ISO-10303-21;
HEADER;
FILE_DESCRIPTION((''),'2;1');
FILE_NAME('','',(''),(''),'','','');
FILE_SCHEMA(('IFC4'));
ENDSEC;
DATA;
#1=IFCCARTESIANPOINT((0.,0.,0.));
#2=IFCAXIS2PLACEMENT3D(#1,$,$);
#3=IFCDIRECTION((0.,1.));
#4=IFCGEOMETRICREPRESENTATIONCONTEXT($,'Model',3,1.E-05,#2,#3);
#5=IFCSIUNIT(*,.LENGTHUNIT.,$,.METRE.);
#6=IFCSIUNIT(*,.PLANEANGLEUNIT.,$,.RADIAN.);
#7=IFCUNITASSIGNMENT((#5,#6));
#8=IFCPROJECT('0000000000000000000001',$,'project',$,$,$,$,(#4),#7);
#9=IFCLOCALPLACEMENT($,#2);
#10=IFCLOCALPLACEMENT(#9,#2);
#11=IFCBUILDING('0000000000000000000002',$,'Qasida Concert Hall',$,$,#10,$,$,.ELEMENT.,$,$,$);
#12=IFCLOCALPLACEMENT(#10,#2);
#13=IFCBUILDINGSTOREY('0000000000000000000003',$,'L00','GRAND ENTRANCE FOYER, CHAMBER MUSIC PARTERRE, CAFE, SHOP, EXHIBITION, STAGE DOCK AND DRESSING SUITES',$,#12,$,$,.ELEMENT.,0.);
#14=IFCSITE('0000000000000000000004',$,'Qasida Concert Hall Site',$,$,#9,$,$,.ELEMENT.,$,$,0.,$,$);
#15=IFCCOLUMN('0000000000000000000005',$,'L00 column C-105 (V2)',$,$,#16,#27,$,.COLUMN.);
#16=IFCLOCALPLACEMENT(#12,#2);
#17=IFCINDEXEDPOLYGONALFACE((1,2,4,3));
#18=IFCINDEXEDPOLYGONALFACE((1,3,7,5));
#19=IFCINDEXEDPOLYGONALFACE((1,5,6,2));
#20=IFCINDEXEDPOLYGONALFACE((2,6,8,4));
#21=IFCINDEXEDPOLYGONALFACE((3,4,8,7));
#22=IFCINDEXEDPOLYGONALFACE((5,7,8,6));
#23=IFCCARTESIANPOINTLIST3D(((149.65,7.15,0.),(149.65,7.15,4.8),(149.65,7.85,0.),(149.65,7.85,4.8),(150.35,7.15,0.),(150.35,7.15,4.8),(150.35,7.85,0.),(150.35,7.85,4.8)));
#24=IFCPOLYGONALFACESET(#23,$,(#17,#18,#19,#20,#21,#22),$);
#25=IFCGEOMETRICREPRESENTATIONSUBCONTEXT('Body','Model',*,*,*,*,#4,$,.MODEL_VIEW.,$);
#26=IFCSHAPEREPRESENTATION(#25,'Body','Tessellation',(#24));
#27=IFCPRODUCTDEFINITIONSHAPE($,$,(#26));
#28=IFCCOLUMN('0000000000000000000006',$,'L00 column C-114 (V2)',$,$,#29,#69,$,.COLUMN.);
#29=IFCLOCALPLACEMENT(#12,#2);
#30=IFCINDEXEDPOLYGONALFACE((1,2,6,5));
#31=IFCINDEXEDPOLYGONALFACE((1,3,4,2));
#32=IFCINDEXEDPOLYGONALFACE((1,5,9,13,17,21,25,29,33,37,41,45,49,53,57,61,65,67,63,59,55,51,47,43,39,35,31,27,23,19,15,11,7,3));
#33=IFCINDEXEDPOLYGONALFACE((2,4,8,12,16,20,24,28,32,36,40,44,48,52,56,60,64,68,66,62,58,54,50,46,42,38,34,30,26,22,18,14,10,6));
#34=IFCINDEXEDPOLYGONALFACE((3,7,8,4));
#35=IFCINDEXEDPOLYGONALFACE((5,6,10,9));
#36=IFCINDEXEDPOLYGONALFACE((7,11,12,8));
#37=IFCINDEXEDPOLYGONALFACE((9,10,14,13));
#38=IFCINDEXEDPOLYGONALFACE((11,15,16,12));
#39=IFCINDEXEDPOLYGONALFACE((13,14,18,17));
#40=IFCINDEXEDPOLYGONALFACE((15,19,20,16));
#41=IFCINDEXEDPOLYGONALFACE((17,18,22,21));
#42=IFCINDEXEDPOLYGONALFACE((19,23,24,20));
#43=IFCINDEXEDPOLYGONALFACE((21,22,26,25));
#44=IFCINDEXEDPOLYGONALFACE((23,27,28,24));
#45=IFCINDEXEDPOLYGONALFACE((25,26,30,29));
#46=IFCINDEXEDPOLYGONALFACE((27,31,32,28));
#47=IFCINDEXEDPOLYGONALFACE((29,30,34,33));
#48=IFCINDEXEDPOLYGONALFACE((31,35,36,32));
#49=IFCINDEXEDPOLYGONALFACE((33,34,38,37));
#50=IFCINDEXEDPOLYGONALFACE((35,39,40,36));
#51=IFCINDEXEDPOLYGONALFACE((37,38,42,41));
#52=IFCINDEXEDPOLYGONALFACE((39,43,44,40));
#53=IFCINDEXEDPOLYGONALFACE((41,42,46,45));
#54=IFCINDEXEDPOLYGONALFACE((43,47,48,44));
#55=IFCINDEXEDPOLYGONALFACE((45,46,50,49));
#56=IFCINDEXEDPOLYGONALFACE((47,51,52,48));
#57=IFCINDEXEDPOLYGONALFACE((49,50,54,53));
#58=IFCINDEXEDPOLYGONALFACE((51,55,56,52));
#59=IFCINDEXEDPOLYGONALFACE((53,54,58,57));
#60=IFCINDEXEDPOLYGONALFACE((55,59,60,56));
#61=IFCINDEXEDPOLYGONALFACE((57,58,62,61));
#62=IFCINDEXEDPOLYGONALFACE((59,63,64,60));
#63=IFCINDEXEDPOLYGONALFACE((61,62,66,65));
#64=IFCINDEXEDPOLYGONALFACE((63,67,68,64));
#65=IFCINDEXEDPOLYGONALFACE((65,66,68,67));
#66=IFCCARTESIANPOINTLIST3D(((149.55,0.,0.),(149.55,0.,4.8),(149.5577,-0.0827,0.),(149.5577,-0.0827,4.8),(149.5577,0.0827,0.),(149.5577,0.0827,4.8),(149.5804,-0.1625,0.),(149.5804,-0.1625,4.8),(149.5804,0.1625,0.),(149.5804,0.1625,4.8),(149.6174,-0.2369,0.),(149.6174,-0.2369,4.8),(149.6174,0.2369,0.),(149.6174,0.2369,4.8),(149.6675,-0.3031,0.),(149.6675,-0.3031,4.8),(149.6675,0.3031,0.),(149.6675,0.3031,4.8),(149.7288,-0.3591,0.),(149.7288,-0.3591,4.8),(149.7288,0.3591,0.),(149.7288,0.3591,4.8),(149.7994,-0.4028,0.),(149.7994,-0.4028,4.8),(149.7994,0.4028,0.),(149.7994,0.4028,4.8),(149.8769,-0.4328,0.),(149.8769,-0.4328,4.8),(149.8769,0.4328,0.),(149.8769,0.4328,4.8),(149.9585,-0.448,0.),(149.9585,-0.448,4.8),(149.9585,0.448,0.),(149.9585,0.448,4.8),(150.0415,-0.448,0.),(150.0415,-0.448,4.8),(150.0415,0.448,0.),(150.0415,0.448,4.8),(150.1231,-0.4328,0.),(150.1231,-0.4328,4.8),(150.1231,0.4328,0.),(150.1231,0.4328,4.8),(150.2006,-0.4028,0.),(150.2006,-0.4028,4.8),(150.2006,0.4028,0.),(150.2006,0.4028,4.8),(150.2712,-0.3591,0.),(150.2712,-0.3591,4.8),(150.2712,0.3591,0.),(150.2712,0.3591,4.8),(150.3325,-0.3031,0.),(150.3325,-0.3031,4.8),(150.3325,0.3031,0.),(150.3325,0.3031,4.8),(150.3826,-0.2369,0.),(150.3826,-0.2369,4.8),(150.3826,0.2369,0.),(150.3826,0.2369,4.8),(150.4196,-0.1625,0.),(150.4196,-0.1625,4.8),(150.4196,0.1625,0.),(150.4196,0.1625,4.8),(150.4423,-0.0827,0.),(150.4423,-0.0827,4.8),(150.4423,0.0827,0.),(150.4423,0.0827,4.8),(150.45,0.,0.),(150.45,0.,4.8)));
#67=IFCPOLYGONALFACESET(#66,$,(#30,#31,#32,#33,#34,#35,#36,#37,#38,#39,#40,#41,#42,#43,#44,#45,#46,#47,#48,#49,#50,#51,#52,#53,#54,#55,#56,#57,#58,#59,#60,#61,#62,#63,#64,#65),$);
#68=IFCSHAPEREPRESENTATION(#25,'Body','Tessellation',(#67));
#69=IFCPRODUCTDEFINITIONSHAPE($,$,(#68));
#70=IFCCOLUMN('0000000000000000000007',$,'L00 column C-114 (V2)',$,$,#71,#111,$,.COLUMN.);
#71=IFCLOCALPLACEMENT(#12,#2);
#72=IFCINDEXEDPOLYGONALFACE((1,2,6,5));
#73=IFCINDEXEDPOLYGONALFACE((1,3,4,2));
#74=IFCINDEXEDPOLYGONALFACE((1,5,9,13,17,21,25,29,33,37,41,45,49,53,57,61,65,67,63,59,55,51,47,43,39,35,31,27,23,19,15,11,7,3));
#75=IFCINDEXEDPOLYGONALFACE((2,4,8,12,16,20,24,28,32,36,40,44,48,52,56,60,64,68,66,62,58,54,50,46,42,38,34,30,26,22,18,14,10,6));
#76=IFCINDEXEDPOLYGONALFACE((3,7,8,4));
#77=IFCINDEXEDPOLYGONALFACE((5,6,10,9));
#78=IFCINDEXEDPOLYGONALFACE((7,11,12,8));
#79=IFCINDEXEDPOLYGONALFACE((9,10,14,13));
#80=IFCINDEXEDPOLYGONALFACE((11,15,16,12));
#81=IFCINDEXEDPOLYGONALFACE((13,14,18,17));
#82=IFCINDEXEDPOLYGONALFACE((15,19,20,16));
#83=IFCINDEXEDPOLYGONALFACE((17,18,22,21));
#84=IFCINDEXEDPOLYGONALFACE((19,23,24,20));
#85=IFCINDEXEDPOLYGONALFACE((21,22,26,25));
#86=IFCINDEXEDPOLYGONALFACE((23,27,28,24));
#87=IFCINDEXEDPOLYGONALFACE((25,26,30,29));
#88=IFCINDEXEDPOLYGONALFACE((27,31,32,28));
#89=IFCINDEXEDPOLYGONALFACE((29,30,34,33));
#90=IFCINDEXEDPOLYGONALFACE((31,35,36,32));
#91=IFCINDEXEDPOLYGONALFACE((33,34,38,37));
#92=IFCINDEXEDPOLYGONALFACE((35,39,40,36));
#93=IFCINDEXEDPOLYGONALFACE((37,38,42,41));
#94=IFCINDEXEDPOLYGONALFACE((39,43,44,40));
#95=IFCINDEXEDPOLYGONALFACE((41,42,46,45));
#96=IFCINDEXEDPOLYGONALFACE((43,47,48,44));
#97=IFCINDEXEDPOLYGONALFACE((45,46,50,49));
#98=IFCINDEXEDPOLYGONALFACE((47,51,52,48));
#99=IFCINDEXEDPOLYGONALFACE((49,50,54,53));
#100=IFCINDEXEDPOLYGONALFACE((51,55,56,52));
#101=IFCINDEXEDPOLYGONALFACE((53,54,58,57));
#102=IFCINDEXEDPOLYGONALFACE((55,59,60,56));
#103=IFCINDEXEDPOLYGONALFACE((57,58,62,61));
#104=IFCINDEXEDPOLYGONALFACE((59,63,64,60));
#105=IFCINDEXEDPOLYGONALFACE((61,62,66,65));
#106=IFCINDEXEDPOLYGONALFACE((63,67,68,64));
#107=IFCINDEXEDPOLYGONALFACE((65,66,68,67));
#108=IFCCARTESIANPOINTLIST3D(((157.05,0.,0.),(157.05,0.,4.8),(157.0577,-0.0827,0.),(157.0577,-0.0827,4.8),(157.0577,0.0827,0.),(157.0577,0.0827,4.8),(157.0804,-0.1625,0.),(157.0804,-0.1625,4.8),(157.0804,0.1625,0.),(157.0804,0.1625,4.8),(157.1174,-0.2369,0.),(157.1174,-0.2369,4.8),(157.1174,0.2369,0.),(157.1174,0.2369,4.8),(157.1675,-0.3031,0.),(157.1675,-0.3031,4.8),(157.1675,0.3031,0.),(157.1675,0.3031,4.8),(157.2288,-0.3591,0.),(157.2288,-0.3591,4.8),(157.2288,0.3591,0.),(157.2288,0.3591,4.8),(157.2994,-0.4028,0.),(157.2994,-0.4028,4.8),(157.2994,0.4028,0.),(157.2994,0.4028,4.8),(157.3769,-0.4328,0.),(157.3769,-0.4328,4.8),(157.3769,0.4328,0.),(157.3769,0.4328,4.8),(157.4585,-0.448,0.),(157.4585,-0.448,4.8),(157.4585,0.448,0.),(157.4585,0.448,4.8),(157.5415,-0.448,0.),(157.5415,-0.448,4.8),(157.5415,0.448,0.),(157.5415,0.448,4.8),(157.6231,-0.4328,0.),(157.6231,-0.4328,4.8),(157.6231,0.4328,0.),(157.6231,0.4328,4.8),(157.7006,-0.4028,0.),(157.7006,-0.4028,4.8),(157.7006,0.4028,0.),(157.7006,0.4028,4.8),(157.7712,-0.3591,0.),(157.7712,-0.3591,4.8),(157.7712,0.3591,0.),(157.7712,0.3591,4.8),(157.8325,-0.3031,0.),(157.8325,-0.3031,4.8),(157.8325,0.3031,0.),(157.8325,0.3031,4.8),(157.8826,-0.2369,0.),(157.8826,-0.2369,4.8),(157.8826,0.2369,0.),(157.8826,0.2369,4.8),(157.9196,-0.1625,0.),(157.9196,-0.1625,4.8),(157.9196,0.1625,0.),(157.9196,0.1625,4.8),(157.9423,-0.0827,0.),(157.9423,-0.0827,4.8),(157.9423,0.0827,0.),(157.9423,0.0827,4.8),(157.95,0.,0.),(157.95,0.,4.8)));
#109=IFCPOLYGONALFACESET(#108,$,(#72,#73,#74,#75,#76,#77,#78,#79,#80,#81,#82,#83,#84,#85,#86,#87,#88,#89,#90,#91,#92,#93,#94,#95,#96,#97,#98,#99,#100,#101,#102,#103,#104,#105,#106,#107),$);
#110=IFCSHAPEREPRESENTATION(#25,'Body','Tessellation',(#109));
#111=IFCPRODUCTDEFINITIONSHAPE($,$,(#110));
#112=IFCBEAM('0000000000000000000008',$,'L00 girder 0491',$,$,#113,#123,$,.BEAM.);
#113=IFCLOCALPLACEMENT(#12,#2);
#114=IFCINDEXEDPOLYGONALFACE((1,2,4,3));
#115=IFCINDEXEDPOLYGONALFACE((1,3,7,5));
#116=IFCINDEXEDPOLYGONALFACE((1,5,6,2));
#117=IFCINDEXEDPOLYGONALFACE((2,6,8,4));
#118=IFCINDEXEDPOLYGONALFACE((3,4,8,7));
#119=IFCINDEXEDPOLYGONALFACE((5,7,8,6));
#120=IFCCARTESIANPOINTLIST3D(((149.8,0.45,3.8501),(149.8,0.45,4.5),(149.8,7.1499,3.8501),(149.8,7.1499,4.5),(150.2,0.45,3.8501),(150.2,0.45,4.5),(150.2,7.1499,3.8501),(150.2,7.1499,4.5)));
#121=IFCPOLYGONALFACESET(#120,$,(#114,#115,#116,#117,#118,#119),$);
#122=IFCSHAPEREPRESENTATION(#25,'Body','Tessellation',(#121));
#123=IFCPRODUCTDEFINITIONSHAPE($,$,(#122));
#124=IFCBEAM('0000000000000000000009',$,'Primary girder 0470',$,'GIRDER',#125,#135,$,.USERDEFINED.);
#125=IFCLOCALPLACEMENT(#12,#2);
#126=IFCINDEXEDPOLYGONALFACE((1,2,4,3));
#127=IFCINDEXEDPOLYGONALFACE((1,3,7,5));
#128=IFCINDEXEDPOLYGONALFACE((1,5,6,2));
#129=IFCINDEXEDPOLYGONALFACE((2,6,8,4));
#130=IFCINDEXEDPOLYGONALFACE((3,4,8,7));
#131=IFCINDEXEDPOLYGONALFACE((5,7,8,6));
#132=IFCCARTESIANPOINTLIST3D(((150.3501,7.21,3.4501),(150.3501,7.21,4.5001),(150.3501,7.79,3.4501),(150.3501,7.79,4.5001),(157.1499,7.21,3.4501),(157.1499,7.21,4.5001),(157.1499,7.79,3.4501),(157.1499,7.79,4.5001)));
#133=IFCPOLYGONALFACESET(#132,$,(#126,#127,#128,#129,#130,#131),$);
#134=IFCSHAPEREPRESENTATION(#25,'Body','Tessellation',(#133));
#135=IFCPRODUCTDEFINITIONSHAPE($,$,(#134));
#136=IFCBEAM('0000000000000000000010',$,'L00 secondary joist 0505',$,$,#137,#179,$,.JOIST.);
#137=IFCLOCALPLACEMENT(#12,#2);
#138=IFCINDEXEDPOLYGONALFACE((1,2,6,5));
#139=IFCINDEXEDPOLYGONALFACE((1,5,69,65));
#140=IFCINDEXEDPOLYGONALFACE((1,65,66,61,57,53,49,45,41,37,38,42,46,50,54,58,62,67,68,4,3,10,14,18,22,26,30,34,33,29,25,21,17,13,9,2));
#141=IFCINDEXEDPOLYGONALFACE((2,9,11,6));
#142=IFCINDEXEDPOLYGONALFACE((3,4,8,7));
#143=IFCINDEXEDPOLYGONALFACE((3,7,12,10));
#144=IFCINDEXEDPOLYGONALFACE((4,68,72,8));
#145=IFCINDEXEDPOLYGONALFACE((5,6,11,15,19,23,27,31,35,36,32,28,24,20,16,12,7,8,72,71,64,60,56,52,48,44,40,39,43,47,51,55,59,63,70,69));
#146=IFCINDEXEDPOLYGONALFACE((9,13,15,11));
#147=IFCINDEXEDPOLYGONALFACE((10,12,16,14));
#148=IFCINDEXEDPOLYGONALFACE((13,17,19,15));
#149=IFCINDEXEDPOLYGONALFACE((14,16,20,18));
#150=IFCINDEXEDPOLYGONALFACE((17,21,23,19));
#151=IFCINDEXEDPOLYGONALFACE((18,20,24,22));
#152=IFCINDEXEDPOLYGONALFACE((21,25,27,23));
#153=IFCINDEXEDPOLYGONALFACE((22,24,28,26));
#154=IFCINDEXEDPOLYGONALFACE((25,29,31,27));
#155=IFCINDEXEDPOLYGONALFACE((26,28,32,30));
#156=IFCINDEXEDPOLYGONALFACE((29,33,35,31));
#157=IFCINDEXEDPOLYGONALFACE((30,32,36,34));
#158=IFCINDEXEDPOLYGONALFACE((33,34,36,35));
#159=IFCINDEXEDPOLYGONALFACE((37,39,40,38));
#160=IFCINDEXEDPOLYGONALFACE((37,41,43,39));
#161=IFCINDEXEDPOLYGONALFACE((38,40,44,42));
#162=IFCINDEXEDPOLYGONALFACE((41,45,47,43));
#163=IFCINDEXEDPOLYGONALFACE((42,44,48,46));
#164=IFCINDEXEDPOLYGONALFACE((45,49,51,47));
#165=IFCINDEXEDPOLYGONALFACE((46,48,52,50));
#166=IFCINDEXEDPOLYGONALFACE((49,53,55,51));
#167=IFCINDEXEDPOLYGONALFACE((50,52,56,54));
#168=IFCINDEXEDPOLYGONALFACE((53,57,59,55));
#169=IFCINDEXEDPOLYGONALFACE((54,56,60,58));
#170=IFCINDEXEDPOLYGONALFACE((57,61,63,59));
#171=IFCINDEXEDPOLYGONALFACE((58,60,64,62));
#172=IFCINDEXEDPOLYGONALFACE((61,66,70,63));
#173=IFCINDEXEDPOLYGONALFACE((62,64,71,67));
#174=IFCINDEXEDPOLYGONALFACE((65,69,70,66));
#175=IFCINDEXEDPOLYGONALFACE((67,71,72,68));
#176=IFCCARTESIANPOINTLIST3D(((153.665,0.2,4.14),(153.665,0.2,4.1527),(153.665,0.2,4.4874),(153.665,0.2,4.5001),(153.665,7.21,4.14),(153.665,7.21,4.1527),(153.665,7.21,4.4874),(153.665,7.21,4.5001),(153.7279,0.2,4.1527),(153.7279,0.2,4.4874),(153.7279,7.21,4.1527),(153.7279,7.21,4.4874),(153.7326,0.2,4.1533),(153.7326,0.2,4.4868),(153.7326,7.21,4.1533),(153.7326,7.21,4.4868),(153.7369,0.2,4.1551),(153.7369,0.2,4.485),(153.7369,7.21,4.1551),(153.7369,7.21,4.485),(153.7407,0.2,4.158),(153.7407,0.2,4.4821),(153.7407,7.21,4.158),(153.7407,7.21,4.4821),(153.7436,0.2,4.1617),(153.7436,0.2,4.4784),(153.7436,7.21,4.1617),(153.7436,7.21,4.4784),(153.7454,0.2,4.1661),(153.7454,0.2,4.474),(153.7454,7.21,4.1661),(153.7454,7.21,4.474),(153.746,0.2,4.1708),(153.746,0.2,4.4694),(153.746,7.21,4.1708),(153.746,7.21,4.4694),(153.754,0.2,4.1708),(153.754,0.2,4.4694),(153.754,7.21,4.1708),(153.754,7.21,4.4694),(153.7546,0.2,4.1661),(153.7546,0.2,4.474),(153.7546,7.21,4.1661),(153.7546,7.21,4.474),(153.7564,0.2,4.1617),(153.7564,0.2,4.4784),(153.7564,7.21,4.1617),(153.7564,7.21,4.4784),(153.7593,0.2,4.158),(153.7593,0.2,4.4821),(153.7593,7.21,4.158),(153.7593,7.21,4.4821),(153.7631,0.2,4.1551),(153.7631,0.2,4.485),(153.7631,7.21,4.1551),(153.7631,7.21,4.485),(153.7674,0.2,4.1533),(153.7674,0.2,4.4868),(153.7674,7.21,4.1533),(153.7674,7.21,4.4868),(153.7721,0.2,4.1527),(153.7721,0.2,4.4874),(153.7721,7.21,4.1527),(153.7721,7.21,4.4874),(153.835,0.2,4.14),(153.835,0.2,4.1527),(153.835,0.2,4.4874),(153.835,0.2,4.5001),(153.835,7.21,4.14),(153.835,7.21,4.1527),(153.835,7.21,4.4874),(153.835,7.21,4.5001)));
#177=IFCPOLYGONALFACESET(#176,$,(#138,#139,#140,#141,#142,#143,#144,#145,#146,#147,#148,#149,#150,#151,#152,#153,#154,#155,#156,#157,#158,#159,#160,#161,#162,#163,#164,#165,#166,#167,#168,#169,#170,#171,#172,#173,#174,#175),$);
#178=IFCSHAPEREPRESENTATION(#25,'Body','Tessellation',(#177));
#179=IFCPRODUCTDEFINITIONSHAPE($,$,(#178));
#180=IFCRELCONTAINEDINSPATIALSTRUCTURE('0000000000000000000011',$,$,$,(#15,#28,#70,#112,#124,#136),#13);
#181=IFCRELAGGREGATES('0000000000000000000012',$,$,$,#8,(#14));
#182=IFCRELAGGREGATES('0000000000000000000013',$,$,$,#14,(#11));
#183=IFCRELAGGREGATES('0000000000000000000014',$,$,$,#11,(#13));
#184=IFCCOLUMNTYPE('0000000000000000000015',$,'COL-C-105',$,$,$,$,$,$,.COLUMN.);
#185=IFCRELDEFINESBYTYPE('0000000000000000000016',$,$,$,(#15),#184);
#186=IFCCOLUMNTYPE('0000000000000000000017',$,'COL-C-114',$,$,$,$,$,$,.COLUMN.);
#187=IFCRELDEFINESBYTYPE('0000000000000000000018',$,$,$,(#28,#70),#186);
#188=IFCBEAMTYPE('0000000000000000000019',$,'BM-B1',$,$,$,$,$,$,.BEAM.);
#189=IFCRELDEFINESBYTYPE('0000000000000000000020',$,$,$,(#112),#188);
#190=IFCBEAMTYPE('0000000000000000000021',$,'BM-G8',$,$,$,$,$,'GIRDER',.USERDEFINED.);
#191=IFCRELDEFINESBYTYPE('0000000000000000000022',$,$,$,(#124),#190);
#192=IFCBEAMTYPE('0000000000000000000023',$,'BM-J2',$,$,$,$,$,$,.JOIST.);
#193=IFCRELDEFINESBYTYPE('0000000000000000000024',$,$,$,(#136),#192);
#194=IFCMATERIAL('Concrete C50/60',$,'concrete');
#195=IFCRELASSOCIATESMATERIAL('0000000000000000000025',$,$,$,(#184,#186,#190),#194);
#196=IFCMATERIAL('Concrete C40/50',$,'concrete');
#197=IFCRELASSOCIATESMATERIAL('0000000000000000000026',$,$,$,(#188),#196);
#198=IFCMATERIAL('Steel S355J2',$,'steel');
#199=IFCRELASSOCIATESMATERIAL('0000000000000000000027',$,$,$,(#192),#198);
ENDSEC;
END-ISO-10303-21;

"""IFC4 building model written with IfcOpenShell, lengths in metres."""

from ifc_helpers import new_model, si_unit, direction, frame, origin, origin_2d, place, context, subcontext, project, spatial, rectangle, circle, i_section, extrude, material, material_profile, profile_set, type_object, element, save


model = new_model("IFC4")

# Units and contexts
model_context = context("Model", 3, precision=1e-05, world=origin(), true_north=direction((0.0, 1.0)))
body_context = subcontext(model_context, "Body", "Model", "MODEL_VIEW")
ifc_project = project(units=[si_unit("LENGTHUNIT", "METRE"), si_unit("PLANEANGLEUNIT", "RADIAN")], contexts=[model_context])

# Site, building, storey
site_placement = place(None, origin())
site = spatial("IfcSite", under=ifc_project, at=site_placement, Name="Qasida Concert Hall Site", CompositionType="ELEMENT", RefElevation=0.0)
building_placement = place(site_placement, origin())
building = spatial("IfcBuilding", under=site, at=building_placement, Name="Qasida Concert Hall", CompositionType="ELEMENT")
storey_placement = place(building_placement, origin())
storey = spatial("IfcBuildingStorey", under=building, at=storey_placement, Name="L00", Description="GRAND ENTRANCE FOYER, CHAMBER MUSIC PARTERRE, CAFE, SHOP, EXHIBITION, STAGE DOCK AND DRESSING SUITES", CompositionType="ELEMENT", Elevation=0.0)

# Columns
ifc_material_1 = material(Name="Concrete C50/60", Category="concrete")
ifc_material_profile_1 = material_profile(ifc_material_1, rectangle(XDim=0.7, YDim=0.7, at=origin_2d()), Name="RC 700x700")
ifc_profile_set_1 = profile_set([ifc_material_profile_1], Name="Concrete C50/60")
column_type_1 = type_object("IfcColumnType", Name="COL-C-105", PredefinedType="COLUMN", material=ifc_profile_set_1)
column_placement = place(storey_placement, frame((150.0, 7.5, 0.0), z_axis=(0.0, 0.0, 1.0), x_axis=(1.0, 0.0, 0.0)))
element("IfcColumn", 1, at=column_placement, inside=storey, type_object=column_type_1, Name="L00 column C-105 (V2)", PredefinedType="COLUMN", context=body_context, shape_type="SweptSolid", body=[
    extrude(rectangle(XDim=0.7, YDim=0.7, at=origin_2d()), origin(), (0.0, 0.0, 1.0), 4.8),
])
ifc_material_profile_2 = material_profile(ifc_material_1, circle(Radius=0.45, at=origin_2d()), Name="RC COL D900")
ifc_profile_set_2 = profile_set([ifc_material_profile_2], Name="Concrete C50/60")
column_type_2 = type_object("IfcColumnType", Name="COL-C-114", PredefinedType="COLUMN", material=ifc_profile_set_2)
for number, where, z_axis, x_axis, name in (
    (2, (150.0, 0.0, 0.0), (0.0, 0.0, 1.0), (1.0, 0.0, 0.0), "L00 column C-114 (V2)"),
    (3, (157.5, 0.0, 0.0), (0.0, 0.0, 1.0), (1.0, 0.0, 0.0), "L00 column C-114 (V2)"),
):
    element("IfcColumn", number, at=place(storey_placement, frame(where, z_axis=z_axis, x_axis=x_axis)), inside=storey, type_object=column_type_2, Name=name, PredefinedType="COLUMN", context=body_context, shape_type="SweptSolid", body=[
        extrude(circle(Radius=0.45, at=origin_2d()), origin(), (0.0, 0.0, 1.0), 4.8),
    ])

# Beams
ifc_material_2 = material(Name="Concrete C40/50", Category="concrete")
ifc_material_profile_3 = material_profile(ifc_material_2, rectangle(XDim=0.3999, YDim=0.6499, at=origin_2d()), Name="RC 400x650")
ifc_profile_set_3 = profile_set([ifc_material_profile_3], Name="Concrete C40/50")
beam_type_1 = type_object("IfcBeamType", Name="BM-B1", PredefinedType="BEAM", material=ifc_profile_set_3)
beam_1_placement = place(storey_placement, frame((150.0, 0.45, 4.175), z_axis=(0.0, 1.0, 0.0), x_axis=(-1.0, 0.0, 0.0)))
element("IfcBeam", 4, at=beam_1_placement, inside=storey, type_object=beam_type_1, Name="L00 girder 0491", PredefinedType="BEAM", context=body_context, shape_type="SweptSolid", body=[
    extrude(rectangle(XDim=0.3999, YDim=0.6499, at=origin_2d()), origin(), (0.0, 0.0, 1.0), 6.7),
])
ifc_material_profile_4 = material_profile(ifc_material_1, rectangle(XDim=0.5801, YDim=1.05, at=origin_2d()), Name="RC 580x1050")
ifc_profile_set_4 = profile_set([ifc_material_profile_4], Name="Concrete C50/60")
beam_type_2 = type_object("IfcBeamType", Name="BM-G8", ElementType="GIRDER", PredefinedType="USERDEFINED", material=ifc_profile_set_4)
beam_2_placement = place(storey_placement, frame((150.3501, 7.5, 3.9751), z_axis=(1.0, 0.0, 0.0), x_axis=(0.0, 1.0, 0.0)))
element("IfcBeam", 5, at=beam_2_placement, inside=storey, type_object=beam_type_2, Name="Primary girder 0470", ObjectType="GIRDER", PredefinedType="USERDEFINED", context=body_context, shape_type="SweptSolid", body=[
    extrude(rectangle(XDim=0.5801, YDim=1.05, at=origin_2d()), origin(), (0.0, 0.0, 1.0), 6.7998),
])
ifc_material_3 = material(Name="Steel S355J2", Category="steel")
ifc_material_profile_5 = material_profile(ifc_material_3, i_section(OverallWidth=0.1699, OverallDepth=0.3601, WebThickness=0.0081, FlangeThickness=0.0127, FilletRadius=0.0181, at=origin_2d()), Name="IPE 360")
ifc_profile_set_5 = profile_set([ifc_material_profile_5], Name="Steel S355J2")
beam_type_3 = type_object("IfcBeamType", Name="BM-J2", PredefinedType="JOIST", material=ifc_profile_set_5)
beam_3_placement = place(storey_placement, frame((153.75, 0.2, 4.3201), z_axis=(0.0, 1.0, 0.0), x_axis=(-1.0, 0.0, 0.0)))
element("IfcBeam", 6, at=beam_3_placement, inside=storey, type_object=beam_type_3, Name="L00 secondary joist 0505", PredefinedType="JOIST", context=body_context, shape_type="SweptSolid", body=[
    extrude(i_section(OverallWidth=0.1699, OverallDepth=0.3601, WebThickness=0.0081, FlangeThickness=0.0127, FilletRadius=0.0181, at=origin_2d()), origin(), (0.0, 0.0, 1.0), 7.01),
])

save(model, "model.ifc")
